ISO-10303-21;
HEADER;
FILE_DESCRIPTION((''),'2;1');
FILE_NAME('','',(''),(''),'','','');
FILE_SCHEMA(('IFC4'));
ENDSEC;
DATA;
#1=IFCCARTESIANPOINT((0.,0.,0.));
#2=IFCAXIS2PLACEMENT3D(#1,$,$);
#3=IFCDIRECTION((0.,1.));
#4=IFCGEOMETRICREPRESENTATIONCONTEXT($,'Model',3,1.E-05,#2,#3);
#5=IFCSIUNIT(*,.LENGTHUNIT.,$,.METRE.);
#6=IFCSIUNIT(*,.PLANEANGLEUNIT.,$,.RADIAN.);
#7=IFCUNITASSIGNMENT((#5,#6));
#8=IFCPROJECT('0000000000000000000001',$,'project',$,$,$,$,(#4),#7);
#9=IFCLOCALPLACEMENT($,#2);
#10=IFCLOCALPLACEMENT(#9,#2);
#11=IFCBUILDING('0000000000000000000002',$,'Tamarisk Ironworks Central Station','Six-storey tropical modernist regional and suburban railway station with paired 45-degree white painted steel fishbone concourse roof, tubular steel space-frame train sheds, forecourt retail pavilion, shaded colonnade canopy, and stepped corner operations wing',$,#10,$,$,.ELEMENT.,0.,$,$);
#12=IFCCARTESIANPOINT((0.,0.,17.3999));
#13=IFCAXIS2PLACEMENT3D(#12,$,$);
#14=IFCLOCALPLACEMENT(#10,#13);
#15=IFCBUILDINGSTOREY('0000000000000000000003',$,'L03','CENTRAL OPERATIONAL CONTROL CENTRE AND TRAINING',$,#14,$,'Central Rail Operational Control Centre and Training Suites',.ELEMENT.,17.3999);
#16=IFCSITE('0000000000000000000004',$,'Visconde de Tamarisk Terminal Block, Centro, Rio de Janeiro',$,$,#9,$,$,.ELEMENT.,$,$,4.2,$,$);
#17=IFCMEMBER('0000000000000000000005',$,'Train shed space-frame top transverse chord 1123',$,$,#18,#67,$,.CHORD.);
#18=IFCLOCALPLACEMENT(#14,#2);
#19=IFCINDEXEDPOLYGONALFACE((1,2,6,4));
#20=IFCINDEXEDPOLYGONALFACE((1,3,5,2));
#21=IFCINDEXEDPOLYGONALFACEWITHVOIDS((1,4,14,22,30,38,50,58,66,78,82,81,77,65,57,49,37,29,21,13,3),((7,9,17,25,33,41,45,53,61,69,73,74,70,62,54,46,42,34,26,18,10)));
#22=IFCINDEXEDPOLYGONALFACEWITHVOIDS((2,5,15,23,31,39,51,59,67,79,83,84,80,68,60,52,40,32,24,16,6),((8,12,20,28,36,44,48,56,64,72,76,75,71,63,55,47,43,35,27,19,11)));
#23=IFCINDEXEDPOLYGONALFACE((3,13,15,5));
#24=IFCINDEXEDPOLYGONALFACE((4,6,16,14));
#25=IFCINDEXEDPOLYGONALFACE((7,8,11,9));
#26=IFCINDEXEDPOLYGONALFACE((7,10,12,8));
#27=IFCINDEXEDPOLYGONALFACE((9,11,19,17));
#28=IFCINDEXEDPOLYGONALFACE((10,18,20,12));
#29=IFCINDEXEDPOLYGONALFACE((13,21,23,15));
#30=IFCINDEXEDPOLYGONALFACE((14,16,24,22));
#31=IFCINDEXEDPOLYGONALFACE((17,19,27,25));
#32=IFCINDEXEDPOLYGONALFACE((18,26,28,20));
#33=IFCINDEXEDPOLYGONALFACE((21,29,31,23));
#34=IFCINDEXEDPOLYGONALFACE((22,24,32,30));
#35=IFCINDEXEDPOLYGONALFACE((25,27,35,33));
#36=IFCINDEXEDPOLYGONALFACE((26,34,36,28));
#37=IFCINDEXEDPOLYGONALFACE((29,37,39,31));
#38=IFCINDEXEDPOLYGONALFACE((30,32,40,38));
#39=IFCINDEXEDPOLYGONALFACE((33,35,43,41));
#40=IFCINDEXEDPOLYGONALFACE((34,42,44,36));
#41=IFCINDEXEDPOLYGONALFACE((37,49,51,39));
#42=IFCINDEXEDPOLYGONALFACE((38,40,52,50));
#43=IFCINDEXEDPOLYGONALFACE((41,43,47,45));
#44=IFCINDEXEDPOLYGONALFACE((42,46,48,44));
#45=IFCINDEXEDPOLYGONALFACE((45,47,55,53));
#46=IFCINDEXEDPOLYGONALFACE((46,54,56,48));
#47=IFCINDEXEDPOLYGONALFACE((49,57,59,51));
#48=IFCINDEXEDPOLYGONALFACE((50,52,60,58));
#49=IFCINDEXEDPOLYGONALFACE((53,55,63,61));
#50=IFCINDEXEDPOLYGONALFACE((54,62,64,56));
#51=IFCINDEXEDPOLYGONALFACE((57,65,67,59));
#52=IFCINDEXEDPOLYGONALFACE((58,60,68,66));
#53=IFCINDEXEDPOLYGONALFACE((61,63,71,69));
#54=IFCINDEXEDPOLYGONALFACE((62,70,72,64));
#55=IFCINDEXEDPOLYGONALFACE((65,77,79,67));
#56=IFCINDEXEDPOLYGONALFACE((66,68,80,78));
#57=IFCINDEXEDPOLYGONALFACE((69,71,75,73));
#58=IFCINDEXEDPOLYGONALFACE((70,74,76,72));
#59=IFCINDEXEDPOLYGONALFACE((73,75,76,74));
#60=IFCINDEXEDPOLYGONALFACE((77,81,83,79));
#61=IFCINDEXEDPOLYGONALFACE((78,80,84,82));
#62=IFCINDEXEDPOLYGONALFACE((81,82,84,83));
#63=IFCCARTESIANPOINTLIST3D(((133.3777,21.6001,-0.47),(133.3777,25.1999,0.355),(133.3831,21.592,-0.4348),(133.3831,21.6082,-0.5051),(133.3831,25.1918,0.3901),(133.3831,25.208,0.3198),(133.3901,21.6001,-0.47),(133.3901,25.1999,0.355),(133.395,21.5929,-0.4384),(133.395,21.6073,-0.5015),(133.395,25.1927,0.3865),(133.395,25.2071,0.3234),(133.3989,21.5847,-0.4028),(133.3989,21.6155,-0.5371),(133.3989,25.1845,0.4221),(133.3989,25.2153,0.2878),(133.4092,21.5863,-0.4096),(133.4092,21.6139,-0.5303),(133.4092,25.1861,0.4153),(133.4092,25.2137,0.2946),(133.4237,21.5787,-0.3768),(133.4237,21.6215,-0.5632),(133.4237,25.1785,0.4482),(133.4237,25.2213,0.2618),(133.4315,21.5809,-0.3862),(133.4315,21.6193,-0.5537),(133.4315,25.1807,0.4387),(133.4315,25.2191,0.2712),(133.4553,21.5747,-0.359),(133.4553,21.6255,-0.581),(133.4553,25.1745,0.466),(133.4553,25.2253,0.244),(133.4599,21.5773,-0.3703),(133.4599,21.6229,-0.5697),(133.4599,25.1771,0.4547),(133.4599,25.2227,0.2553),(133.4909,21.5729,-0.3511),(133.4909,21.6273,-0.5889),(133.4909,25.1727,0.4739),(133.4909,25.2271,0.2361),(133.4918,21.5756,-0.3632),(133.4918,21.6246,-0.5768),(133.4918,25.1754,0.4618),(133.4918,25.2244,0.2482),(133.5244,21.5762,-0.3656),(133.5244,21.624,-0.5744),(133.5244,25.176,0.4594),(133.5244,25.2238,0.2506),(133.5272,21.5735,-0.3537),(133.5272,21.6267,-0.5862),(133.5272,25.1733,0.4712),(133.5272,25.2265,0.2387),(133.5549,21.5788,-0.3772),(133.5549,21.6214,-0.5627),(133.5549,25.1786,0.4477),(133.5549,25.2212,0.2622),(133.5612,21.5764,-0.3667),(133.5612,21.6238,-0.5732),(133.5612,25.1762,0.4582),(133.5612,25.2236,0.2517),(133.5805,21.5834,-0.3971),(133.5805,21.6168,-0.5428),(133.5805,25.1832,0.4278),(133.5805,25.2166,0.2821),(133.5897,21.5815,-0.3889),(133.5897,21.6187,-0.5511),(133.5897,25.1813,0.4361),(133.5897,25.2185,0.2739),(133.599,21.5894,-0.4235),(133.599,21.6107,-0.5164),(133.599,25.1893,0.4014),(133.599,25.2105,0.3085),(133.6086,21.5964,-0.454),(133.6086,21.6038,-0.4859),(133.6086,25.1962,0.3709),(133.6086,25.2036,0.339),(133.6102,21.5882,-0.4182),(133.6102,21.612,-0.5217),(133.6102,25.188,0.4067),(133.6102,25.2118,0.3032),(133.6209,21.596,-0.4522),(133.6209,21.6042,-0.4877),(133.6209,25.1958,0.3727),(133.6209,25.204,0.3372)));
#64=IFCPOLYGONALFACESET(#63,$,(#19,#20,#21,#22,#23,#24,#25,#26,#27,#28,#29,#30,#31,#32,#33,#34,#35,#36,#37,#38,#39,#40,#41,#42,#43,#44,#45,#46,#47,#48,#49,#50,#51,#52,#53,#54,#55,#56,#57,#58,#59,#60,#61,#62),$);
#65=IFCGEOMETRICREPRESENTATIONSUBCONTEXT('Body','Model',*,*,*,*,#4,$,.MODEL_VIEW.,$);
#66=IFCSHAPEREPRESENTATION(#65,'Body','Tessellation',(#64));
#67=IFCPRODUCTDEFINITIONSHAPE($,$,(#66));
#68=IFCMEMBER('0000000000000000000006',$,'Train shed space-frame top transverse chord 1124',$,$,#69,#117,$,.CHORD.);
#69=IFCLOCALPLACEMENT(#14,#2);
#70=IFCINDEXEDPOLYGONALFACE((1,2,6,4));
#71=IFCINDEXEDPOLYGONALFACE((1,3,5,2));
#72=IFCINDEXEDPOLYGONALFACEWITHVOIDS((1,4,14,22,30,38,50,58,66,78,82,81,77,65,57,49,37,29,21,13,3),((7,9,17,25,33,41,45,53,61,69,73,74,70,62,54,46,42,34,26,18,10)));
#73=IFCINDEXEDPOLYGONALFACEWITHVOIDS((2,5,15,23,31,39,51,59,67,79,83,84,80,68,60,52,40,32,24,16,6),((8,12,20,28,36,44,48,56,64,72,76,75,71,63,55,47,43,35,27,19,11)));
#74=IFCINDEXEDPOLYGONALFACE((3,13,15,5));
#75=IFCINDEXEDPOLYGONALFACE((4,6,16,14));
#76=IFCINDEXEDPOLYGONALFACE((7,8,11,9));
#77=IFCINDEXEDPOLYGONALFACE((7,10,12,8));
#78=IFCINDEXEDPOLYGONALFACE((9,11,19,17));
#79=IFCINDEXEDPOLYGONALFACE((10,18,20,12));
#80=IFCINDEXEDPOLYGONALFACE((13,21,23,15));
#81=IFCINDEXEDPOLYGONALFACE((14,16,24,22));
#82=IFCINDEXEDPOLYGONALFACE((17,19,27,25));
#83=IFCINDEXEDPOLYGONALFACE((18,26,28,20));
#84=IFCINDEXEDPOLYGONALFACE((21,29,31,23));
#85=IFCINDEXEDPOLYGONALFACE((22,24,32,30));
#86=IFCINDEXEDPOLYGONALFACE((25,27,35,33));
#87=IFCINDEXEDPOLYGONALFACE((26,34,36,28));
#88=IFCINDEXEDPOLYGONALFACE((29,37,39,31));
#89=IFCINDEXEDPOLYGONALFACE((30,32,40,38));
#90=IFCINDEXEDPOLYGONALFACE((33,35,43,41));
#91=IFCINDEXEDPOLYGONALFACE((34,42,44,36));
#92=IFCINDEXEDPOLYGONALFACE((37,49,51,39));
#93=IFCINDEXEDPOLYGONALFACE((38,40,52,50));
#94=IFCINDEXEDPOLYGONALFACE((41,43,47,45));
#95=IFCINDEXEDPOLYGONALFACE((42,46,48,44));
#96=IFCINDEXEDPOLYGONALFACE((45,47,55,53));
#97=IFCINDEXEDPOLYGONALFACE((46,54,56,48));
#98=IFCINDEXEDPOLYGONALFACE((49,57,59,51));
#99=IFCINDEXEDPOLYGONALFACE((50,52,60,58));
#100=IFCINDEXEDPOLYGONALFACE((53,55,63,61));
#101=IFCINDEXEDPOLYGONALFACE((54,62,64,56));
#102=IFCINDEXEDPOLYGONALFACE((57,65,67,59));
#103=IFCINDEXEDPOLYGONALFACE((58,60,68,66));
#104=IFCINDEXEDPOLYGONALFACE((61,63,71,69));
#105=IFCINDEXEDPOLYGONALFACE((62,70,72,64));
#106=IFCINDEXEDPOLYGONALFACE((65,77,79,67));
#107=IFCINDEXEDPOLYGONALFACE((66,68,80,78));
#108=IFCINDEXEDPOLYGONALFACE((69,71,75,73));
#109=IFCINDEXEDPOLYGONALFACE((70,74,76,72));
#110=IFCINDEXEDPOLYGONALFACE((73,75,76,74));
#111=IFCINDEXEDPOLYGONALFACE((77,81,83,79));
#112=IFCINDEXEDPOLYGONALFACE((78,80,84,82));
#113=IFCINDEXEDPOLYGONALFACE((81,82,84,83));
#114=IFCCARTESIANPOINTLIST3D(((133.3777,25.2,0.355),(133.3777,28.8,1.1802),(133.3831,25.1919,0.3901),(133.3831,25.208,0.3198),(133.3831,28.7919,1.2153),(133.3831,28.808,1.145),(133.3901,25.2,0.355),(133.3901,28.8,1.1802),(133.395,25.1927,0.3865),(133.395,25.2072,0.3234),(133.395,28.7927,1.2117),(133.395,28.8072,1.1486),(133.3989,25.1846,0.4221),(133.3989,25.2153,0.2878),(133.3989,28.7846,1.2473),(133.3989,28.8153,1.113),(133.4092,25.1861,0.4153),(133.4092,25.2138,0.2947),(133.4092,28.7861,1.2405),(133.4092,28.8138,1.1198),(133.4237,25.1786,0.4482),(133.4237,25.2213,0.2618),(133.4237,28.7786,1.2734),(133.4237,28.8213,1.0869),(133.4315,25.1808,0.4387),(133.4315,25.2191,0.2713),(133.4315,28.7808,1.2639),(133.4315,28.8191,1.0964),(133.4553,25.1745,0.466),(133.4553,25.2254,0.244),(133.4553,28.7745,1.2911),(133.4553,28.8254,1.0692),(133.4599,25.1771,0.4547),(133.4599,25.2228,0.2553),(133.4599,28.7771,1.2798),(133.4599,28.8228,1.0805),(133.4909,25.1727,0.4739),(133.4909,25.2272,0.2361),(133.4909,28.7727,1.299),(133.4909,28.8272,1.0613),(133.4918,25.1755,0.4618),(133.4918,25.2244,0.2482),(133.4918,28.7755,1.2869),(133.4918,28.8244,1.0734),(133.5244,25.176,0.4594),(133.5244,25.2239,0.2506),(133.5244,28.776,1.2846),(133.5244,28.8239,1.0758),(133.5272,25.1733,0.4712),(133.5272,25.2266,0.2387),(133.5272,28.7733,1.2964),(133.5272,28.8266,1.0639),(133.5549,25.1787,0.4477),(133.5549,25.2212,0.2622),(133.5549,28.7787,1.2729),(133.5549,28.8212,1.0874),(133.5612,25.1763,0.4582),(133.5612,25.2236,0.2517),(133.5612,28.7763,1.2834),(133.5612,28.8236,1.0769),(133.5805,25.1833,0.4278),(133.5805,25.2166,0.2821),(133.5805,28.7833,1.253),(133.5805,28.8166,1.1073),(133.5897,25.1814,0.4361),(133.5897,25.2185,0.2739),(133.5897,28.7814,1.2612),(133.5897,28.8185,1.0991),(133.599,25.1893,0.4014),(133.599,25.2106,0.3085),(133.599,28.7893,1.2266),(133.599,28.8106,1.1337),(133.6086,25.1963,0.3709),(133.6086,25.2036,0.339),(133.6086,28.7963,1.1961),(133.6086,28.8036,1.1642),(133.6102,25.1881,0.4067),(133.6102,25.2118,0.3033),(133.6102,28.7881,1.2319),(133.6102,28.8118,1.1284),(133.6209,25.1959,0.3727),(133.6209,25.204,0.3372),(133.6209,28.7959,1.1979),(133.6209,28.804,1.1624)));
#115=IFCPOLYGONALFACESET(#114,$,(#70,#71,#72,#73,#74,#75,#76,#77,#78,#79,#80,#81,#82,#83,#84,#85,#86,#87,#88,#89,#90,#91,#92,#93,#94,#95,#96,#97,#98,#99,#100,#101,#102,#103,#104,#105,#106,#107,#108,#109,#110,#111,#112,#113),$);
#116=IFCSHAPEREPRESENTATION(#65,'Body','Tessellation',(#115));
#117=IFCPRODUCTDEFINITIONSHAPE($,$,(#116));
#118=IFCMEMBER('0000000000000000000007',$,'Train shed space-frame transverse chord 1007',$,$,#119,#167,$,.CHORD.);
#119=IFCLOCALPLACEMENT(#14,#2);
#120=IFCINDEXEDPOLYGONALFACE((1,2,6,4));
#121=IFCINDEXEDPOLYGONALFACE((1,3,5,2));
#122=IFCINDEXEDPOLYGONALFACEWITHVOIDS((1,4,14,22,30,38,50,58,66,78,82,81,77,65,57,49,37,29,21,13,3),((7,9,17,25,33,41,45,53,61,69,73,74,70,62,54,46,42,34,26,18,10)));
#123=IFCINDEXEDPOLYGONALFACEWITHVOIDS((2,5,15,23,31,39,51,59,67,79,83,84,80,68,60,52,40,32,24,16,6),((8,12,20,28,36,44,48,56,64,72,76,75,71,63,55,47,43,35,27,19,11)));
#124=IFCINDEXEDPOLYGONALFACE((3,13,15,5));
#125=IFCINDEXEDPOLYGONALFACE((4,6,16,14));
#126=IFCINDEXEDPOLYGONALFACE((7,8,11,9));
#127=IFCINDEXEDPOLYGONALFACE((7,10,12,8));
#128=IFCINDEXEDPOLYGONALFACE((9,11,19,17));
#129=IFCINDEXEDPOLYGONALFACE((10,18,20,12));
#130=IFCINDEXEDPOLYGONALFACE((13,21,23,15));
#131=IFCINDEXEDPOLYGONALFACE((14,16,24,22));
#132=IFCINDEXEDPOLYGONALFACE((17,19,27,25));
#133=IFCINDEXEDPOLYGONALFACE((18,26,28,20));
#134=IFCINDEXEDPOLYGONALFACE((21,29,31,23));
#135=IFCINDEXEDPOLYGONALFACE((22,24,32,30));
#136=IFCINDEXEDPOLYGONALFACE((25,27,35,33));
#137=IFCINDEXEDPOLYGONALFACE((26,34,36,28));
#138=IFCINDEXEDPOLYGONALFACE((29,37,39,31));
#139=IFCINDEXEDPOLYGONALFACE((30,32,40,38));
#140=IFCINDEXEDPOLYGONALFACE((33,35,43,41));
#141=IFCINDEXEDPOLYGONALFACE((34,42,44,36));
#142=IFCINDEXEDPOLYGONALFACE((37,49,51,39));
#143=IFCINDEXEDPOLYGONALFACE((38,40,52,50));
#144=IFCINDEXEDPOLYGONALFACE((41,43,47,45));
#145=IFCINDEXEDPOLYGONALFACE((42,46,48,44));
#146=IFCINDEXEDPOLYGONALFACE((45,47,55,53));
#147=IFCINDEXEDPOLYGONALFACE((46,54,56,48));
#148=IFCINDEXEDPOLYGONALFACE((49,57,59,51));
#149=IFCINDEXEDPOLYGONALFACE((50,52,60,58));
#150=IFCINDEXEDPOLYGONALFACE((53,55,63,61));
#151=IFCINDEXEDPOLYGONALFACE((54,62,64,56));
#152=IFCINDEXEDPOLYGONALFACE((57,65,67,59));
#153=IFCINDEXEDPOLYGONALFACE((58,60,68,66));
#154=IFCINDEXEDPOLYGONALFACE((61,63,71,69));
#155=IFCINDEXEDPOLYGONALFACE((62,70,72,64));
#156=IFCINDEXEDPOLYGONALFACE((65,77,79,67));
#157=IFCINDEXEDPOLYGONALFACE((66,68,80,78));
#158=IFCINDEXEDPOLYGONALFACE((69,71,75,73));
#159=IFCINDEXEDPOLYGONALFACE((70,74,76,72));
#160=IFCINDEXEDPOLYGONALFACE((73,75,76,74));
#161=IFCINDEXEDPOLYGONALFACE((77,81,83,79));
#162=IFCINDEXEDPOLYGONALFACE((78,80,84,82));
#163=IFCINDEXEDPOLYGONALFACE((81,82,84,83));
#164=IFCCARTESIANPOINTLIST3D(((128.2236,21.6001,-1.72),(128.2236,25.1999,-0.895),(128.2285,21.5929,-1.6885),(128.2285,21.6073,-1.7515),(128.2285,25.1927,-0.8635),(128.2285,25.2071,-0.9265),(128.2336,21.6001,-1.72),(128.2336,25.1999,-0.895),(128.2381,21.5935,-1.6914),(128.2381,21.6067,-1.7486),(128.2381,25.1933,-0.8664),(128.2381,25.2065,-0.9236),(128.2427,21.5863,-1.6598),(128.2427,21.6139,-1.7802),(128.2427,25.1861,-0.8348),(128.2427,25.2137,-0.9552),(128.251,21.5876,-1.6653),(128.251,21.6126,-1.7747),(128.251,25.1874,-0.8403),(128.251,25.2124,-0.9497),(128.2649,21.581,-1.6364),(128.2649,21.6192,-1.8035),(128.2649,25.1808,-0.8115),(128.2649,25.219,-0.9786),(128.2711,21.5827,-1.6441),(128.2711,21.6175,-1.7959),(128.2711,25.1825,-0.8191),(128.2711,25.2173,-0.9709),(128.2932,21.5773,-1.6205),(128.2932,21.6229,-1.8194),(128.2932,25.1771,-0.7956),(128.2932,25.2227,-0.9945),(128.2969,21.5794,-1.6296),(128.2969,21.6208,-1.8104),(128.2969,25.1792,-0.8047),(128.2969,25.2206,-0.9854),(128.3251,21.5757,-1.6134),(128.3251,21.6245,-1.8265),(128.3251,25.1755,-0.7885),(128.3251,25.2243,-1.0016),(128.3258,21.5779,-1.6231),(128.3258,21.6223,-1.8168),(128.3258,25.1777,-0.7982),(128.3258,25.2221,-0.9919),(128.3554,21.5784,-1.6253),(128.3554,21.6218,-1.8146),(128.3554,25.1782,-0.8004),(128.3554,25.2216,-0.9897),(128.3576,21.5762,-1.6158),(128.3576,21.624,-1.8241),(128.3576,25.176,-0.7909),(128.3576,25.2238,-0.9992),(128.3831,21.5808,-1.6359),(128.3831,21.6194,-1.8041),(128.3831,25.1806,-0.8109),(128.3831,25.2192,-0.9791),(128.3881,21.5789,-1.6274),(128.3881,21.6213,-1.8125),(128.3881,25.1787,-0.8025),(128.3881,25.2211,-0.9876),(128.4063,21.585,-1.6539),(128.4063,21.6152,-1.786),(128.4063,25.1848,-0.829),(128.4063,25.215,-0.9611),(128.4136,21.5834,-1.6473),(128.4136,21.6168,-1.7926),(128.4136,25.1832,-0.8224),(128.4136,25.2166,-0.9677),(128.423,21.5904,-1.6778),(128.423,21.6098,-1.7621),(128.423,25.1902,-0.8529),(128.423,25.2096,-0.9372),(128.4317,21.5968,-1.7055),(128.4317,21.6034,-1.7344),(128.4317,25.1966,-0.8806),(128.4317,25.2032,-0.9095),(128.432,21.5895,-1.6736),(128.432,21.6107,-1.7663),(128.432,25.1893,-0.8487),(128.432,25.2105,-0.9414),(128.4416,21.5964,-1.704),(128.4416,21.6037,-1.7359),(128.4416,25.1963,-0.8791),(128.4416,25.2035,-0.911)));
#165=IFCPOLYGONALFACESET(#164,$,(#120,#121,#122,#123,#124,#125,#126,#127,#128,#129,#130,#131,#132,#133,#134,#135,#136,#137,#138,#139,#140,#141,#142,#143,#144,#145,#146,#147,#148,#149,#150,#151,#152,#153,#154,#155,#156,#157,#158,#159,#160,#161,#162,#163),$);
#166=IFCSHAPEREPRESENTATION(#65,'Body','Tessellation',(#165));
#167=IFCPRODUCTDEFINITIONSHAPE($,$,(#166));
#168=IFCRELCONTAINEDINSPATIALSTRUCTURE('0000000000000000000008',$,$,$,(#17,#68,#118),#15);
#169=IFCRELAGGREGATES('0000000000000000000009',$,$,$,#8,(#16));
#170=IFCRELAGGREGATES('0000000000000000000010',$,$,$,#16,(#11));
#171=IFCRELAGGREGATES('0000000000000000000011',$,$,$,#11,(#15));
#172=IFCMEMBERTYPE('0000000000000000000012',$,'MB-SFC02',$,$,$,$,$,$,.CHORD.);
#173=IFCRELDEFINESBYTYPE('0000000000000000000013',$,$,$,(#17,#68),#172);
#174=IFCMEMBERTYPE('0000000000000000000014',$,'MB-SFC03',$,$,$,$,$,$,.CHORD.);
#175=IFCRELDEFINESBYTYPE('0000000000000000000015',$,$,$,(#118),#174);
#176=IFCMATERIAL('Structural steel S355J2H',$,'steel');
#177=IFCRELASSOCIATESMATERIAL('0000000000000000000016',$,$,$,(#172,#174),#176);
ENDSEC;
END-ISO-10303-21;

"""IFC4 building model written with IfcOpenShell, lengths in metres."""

from ifc_helpers import new_model, si_unit, direction, frame, origin, origin_2d, place, context, subcontext, project, spatial, hollow_circle, extrude, material, material_profile, profile_set, type_object, element, save


model = new_model("IFC4")

# Units and contexts
model_context = context("Model", 3, precision=1e-05, world=origin(), true_north=direction((0.0, 1.0)))
body_context = subcontext(model_context, "Body", "Model", "MODEL_VIEW")
ifc_project = project(units=[si_unit("LENGTHUNIT", "METRE"), si_unit("PLANEANGLEUNIT", "RADIAN")], contexts=[model_context])

# Site, building, storey
site_placement = place(None, origin())
site = spatial("IfcSite", under=ifc_project, at=site_placement, Name="Visconde de Tamarisk Terminal Block, Centro, Rio de Janeiro", CompositionType="ELEMENT", RefElevation=4.2)
building_placement = place(site_placement, origin())
building = spatial("IfcBuilding", under=site, at=building_placement, Name="Tamarisk Ironworks Central Station", Description="Six-storey tropical modernist regional and suburban railway station with paired 45-degree white painted steel fishbone concourse roof, tubular steel space-frame train sheds, forecourt retail pavilion, shaded colonnade canopy, and stepped corner operations wing", CompositionType="ELEMENT", ElevationOfRefHeight=0.0)
storey_placement = place(building_placement, frame((0.0, 0.0, 17.3999)))
storey = spatial("IfcBuildingStorey", under=building, at=storey_placement, Name="L03", Description="CENTRAL OPERATIONAL CONTROL CENTRE AND TRAINING", LongName="Central Rail Operational Control Centre and Training Suites", CompositionType="ELEMENT", Elevation=17.3999)

# Members
ifc_material_1 = material(Name="Structural steel S355J2H", Category="steel")
ifc_material_profile_1 = material_profile(ifc_material_1, hollow_circle(Radius=0.1223, WallThickness=0.0125, at=origin_2d()), Name="CHS 244.5x12.5")
ifc_profile_set_1 = profile_set([ifc_material_profile_1], Name="Structural steel S355J2H")
member_type_1 = type_object("IfcMemberType", Name="MB-SFC02", PredefinedType="CHORD", material=ifc_profile_set_1)
member_1_placement = place(storey_placement, frame((133.5, 21.6001, -0.47), z_axis=(0.0, 0.974733, 0.223372), x_axis=(-1.0, 0.0, 0.0)))
element("IfcMember", 1, at=member_1_placement, inside=storey, type_object=member_type_1, Name="Train shed space-frame top transverse chord 1123", PredefinedType="CHORD", context=body_context, shape_type="SweptSolid", body=[
    extrude(hollow_circle(Radius=0.1223, WallThickness=0.0125, at=origin_2d()), origin(), (0.0, 0.0, 1.0), 3.6931),
])
member_2_placement = place(storey_placement, frame((133.5, 25.2, 0.355), z_axis=(0.0, 0.974722, 0.223421), x_axis=(-1.0, 0.0, 0.0)))
element("IfcMember", 2, at=member_2_placement, inside=storey, type_object=member_type_1, Name="Train shed space-frame top transverse chord 1124", PredefinedType="CHORD", context=body_context, shape_type="SweptSolid", body=[
    extrude(hollow_circle(Radius=0.1223, WallThickness=0.0125, at=origin_2d()), origin(), (0.0, 0.0, 1.0), 3.6934),
])
ifc_material_profile_2 = material_profile(ifc_material_1, hollow_circle(Radius=0.1096, WallThickness=0.01, at=origin_2d()), Name="CHS 219.1x10")
ifc_profile_set_2 = profile_set([ifc_material_profile_2], Name="Structural steel S355J2H")
member_type_2 = type_object("IfcMemberType", Name="MB-SFC03", PredefinedType="CHORD", material=ifc_profile_set_2)
member_3_placement = place(storey_placement, frame((128.3333, 21.6001, -1.72), z_axis=(0.0, 0.974733, 0.223372), x_axis=(-1.0, 0.0, 0.0)))
element("IfcMember", 3, at=member_3_placement, inside=storey, type_object=member_type_2, Name="Train shed space-frame transverse chord 1007", PredefinedType="CHORD", context=body_context, shape_type="SweptSolid", body=[
    extrude(hollow_circle(Radius=0.1096, WallThickness=0.01, at=origin_2d()), origin(), (0.0, 0.0, 1.0), 3.6931),
])

save(model, "model.ifc")
